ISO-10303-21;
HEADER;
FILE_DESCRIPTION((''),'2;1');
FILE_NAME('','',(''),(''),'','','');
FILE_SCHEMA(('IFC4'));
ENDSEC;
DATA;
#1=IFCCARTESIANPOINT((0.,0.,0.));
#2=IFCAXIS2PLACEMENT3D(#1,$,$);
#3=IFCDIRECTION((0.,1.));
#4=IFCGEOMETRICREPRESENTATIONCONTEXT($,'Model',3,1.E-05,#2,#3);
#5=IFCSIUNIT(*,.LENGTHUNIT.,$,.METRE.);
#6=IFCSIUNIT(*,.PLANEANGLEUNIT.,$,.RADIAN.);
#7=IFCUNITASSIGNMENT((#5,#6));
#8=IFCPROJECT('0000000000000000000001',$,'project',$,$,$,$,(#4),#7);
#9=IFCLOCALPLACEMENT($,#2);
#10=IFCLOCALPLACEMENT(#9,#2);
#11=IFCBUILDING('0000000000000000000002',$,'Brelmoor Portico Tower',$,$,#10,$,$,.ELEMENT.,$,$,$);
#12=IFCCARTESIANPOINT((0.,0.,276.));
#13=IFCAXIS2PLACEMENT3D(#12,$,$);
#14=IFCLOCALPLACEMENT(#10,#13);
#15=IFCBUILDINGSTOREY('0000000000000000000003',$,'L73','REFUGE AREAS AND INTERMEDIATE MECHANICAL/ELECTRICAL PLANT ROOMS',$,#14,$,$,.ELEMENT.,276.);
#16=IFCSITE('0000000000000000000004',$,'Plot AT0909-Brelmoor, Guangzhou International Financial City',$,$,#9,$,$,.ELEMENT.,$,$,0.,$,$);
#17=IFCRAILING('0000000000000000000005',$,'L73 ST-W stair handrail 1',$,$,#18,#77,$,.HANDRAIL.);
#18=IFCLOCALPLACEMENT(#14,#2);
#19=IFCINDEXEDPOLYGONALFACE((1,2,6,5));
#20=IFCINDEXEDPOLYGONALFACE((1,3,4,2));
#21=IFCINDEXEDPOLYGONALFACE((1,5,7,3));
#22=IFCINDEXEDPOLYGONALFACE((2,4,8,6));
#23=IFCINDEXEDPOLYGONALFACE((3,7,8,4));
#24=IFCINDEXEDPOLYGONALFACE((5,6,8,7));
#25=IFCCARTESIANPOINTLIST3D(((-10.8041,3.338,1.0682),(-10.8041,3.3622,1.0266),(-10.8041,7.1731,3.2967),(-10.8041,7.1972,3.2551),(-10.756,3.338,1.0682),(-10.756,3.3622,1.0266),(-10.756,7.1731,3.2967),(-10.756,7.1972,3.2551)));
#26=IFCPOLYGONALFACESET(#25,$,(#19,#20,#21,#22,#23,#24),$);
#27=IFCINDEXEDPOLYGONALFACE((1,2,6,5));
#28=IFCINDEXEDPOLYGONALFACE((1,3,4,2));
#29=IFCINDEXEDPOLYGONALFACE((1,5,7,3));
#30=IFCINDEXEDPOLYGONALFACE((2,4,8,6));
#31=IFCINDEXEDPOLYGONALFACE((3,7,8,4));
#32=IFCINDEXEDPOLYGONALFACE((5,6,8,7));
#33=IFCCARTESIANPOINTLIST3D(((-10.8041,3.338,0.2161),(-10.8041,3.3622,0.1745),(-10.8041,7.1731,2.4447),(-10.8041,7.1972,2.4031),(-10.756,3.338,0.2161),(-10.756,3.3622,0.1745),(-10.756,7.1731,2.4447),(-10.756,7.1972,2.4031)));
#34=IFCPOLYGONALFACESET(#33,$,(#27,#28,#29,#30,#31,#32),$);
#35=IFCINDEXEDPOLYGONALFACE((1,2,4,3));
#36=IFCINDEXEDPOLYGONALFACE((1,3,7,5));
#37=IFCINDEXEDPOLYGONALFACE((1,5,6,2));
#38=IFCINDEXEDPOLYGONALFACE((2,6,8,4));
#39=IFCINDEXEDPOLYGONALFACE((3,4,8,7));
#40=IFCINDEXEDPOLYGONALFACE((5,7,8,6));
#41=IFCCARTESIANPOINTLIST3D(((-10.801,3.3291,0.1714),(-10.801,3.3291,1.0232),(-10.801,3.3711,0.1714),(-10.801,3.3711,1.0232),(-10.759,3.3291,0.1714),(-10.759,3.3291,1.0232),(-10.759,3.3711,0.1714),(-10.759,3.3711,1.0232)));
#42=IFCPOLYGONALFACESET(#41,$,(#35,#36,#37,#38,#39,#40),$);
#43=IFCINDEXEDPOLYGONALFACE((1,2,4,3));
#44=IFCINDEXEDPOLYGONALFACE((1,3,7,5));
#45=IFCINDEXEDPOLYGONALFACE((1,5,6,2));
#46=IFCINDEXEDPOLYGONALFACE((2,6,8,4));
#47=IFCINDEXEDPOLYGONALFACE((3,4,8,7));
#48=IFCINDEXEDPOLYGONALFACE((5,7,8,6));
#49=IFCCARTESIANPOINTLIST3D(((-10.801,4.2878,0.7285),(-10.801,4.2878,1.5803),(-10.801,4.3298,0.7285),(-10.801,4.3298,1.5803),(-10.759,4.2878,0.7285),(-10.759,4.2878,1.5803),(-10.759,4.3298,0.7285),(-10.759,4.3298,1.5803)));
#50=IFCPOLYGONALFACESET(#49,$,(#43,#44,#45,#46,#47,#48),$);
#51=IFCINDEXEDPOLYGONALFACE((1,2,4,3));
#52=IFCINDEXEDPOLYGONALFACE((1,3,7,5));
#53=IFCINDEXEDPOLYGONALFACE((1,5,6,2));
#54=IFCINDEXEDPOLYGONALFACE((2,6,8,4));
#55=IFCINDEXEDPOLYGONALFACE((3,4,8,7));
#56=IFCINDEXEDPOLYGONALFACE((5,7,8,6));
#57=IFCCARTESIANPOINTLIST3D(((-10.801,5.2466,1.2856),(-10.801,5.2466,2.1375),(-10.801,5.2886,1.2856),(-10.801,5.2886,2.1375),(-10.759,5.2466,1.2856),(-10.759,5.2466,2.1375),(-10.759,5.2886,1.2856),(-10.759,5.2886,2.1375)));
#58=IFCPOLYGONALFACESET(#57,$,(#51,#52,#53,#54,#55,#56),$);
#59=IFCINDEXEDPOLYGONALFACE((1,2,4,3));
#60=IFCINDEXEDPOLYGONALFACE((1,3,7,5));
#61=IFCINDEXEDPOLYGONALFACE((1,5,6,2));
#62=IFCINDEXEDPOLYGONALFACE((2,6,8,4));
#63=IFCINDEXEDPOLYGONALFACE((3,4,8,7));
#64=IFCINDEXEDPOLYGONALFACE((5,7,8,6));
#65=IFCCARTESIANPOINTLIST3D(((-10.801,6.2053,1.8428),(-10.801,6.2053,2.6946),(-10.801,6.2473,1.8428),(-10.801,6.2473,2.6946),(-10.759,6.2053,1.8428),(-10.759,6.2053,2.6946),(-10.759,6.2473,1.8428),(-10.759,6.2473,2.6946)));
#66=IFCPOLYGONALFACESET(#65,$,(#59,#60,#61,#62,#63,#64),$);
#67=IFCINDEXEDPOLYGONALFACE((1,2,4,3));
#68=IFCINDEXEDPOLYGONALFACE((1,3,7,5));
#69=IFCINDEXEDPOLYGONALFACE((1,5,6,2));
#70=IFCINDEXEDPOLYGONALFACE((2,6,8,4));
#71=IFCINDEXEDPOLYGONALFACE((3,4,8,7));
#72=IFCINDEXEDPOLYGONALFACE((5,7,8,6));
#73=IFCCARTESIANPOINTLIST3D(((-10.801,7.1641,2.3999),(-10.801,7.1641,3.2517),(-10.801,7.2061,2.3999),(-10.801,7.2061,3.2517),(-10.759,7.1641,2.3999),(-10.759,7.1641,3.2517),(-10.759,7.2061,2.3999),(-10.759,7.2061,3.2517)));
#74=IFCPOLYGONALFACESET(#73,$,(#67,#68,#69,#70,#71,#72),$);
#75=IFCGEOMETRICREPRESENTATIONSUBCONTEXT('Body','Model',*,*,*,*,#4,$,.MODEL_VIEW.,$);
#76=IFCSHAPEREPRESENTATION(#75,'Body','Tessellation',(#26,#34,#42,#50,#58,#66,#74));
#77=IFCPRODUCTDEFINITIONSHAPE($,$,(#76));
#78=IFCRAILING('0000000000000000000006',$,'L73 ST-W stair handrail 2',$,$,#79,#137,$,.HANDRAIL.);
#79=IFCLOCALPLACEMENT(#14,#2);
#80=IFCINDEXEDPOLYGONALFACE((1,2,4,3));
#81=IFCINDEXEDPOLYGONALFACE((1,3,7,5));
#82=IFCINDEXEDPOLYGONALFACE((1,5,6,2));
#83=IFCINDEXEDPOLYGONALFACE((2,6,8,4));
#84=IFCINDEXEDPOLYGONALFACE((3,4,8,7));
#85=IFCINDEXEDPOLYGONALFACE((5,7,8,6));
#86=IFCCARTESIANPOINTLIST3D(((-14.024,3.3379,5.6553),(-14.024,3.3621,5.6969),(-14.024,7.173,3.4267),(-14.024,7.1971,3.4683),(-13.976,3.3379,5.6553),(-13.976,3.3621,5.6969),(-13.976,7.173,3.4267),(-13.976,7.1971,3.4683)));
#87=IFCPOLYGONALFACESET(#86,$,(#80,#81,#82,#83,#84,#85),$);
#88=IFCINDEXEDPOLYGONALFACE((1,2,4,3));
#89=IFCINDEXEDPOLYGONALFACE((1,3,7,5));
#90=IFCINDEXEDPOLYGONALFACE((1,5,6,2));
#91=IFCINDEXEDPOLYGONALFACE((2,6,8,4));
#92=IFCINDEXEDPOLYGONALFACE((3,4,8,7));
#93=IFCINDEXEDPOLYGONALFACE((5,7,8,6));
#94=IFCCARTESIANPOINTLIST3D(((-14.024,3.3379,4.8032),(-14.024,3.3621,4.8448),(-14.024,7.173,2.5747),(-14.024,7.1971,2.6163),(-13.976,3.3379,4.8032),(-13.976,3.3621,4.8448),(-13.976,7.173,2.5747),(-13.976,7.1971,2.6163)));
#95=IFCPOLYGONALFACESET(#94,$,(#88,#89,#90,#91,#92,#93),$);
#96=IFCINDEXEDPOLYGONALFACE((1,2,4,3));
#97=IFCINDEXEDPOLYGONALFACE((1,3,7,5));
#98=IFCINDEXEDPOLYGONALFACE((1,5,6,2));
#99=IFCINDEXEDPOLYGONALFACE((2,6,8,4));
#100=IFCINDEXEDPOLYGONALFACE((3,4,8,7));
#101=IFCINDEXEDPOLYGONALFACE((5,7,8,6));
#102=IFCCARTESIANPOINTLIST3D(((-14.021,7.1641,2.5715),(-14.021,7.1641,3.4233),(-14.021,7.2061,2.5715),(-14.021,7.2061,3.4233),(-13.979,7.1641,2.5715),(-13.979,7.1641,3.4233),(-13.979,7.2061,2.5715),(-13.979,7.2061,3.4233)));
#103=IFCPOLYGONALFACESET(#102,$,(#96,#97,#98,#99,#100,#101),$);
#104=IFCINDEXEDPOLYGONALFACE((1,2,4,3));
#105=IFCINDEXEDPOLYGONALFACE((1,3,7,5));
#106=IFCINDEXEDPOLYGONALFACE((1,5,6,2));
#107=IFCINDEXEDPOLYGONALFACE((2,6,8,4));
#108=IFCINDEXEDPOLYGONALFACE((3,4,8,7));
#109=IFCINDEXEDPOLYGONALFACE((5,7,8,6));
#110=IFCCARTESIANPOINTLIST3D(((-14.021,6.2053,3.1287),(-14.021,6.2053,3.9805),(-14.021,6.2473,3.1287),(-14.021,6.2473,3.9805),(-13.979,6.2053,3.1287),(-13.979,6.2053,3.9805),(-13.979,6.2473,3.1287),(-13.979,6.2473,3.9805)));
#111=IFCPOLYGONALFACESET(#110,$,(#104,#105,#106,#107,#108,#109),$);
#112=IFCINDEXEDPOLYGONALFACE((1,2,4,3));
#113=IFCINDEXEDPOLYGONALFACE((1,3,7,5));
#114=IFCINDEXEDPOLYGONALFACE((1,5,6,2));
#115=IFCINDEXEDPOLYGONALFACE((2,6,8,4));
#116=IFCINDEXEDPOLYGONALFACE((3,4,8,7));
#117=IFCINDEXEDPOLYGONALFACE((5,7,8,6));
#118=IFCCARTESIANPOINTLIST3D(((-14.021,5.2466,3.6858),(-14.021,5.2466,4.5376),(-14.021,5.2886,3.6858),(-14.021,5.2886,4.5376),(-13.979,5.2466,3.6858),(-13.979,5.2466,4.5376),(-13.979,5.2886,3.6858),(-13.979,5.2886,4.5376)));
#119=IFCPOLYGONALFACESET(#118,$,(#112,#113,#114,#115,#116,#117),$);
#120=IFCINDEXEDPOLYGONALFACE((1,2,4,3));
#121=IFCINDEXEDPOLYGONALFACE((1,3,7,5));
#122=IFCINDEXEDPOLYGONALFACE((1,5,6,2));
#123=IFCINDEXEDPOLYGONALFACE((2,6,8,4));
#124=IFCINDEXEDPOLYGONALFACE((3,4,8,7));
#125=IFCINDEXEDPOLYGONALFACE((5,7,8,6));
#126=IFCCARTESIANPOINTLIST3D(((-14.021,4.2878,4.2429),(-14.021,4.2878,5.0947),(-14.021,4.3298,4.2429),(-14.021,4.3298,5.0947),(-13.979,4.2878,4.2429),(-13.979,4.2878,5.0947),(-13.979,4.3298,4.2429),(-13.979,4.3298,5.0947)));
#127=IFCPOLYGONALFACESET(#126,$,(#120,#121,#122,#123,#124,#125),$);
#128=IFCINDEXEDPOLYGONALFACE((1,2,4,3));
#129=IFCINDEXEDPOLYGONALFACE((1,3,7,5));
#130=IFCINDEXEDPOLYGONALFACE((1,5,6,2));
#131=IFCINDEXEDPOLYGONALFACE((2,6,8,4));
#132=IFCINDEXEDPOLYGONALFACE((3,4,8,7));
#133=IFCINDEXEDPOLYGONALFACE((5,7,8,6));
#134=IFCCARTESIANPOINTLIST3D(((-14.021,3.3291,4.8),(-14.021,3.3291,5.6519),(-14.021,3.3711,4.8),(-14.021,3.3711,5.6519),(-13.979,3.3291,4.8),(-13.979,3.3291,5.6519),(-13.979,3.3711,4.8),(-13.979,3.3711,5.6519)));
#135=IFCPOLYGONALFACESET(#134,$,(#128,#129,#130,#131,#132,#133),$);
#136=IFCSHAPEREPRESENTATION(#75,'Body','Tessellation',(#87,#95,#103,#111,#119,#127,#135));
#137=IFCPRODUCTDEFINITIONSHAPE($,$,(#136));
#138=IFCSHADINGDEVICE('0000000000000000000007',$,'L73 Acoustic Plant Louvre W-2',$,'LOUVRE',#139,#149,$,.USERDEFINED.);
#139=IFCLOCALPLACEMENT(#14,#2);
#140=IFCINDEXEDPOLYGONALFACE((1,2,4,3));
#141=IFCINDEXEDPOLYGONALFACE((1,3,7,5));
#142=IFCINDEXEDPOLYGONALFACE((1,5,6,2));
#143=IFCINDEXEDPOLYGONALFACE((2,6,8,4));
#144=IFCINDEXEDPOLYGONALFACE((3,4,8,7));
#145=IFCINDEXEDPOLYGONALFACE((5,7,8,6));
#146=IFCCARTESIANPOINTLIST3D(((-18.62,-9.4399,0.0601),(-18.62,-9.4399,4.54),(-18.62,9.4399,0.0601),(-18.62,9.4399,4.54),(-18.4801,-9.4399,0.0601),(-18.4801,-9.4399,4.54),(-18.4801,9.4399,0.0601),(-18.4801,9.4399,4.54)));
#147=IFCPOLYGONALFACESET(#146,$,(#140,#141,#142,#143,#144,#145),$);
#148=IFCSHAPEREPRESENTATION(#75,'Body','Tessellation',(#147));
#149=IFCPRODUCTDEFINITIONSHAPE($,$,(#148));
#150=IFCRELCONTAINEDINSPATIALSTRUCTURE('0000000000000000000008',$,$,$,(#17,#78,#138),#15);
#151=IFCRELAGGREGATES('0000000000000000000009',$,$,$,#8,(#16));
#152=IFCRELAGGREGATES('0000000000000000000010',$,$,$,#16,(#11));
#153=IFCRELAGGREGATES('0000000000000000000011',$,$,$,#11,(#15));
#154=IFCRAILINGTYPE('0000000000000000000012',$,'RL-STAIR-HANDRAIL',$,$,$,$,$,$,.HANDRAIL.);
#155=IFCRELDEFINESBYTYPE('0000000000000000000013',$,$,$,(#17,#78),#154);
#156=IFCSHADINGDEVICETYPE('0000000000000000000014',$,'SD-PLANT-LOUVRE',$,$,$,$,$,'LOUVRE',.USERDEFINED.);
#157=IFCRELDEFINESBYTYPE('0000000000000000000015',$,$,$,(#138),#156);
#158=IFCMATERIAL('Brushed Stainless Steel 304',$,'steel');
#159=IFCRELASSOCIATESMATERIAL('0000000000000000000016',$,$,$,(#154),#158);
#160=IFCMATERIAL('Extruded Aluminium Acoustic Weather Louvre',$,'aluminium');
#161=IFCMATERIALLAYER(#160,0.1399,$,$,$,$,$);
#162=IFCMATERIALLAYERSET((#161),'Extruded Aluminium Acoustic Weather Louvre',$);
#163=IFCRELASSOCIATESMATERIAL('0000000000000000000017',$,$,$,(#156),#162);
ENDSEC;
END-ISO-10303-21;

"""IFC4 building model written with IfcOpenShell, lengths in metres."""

from ifc_helpers import new_model, si_unit, direction, frame, origin, origin_2d, place, context, subcontext, project, spatial, rectangle, extrude, material, layer, layer_set, type_object, element, save


model = new_model("IFC4")

# Units and contexts
model_context = context("Model", 3, precision=1e-05, world=origin(), true_north=direction((0.0, 1.0)))
body_context = subcontext(model_context, "Body", "Model", "MODEL_VIEW")
ifc_project = project(units=[si_unit("LENGTHUNIT", "METRE"), si_unit("PLANEANGLEUNIT", "RADIAN")], contexts=[model_context])

# Site, building, storey
site_placement = place(None, origin())
site = spatial("IfcSite", under=ifc_project, at=site_placement, Name="Plot AT0909-Brelmoor, Guangzhou International Financial City", CompositionType="ELEMENT", RefElevation=0.0)
building_placement = place(site_placement, origin())
building = spatial("IfcBuilding", under=site, at=building_placement, Name="Brelmoor Portico Tower", CompositionType="ELEMENT")
storey_placement = place(building_placement, frame((0.0, 0.0, 276.0)))
storey = spatial("IfcBuildingStorey", under=building, at=storey_placement, Name="L73", Description="REFUGE AREAS AND INTERMEDIATE MECHANICAL/ELECTRICAL PLANT ROOMS", CompositionType="ELEMENT", Elevation=276.0)

# Railings
ifc_material_1 = material(Name="Brushed Stainless Steel 304", Category="steel")
railing_type_1 = type_object("IfcRailingType", Name="RL-STAIR-HANDRAIL", PredefinedType="HANDRAIL", material=ifc_material_1)
railing_1_placement = place(storey_placement, frame((-10.78, 3.3501, 0.1714)))
element("IfcRailing", 1, at=railing_1_placement, inside=storey, type_object=railing_type_1, Name="L73 ST-W stair handrail 1", PredefinedType="HANDRAIL", context=body_context, shape_type="SweptSolid", body=[
    extrude(rectangle(XDim=0.0481, YDim=0.0481, at=origin_2d()), frame((0.0, 0.0, 0.876), z_axis=(0.0, 0.864616, 0.502433), x_axis=(-1.0, 0.0, 0.0)), (0.0, 0.0, 1.0), 4.4355),
    extrude(rectangle(XDim=0.0481, YDim=0.0481, at=origin_2d()), frame((0.0, 0.0, 0.0239), z_axis=(0.0, 0.864616, 0.502433), x_axis=(-1.0, 0.0, 0.0)), (0.0, 0.0, 1.0), 4.4355),
    extrude(rectangle(XDim=0.042, YDim=0.042, at=origin_2d()), origin(), (0.0, 0.0, 1.0), 0.8518),
    extrude(rectangle(XDim=0.042, YDim=0.042, at=origin_2d()), frame((0.0, 0.9587, 0.5571)), (0.0, 0.0, 1.0), 0.8518),
    extrude(rectangle(XDim=0.042, YDim=0.042, at=origin_2d()), frame((0.0, 1.9175, 1.1143)), (0.0, 0.0, 1.0), 0.8518),
    extrude(rectangle(XDim=0.042, YDim=0.042, at=origin_2d()), frame((0.0, 2.8762, 1.6714)), (0.0, 0.0, 1.0), 0.8518),
    extrude(rectangle(XDim=0.042, YDim=0.042, at=origin_2d()), frame((0.0, 3.835, 2.2285)), (0.0, 0.0, 1.0), 0.8518),
])
railing_2_placement = place(storey_placement, frame((-14.0, 7.1851, 2.5715)))
element("IfcRailing", 2, at=railing_2_placement, inside=storey, type_object=railing_type_1, Name="L73 ST-W stair handrail 2", PredefinedType="HANDRAIL", context=body_context, shape_type="SweptSolid", body=[
    extrude(rectangle(XDim=0.0481, YDim=0.0481, at=origin_2d()), frame((0.0, 0.0, 0.876), z_axis=(0.0, -0.864616, 0.502433), x_axis=(1.0, 0.0, 0.0)), (0.0, 0.0, 1.0), 4.4355),
    extrude(rectangle(XDim=0.0481, YDim=0.0481, at=origin_2d()), frame((0.0, 0.0, 0.0239), z_axis=(0.0, -0.864616, 0.502433), x_axis=(1.0, 0.0, 0.0)), (0.0, 0.0, 1.0), 4.4355),
    extrude(rectangle(XDim=0.042, YDim=0.042, at=origin_2d()), origin(), (0.0, 0.0, 1.0), 0.8518),
    extrude(rectangle(XDim=0.042, YDim=0.042, at=origin_2d()), frame((0.0, -0.9587, 0.5571)), (0.0, 0.0, 1.0), 0.8518),
    extrude(rectangle(XDim=0.042, YDim=0.042, at=origin_2d()), frame((0.0, -1.9175, 1.1143)), (0.0, 0.0, 1.0), 0.8518),
    extrude(rectangle(XDim=0.042, YDim=0.042, at=origin_2d()), frame((0.0, -2.8762, 1.6714)), (0.0, 0.0, 1.0), 0.8518),
    extrude(rectangle(XDim=0.042, YDim=0.042, at=origin_2d()), frame((0.0, -3.835, 2.2285)), (0.0, 0.0, 1.0), 0.8518),
])

# Shading device
ifc_material_2 = material(Name="Extruded Aluminium Acoustic Weather Louvre", Category="aluminium")
ifc_layer_1 = layer(ifc_material_2, 0.1399)
ifc_layer_set_1 = layer_set([ifc_layer_1], Name="Extruded Aluminium Acoustic Weather Louvre")
shading_device_type = type_object("IfcShadingDeviceType", Name="SD-PLANT-LOUVRE", ElementType="LOUVRE", PredefinedType="USERDEFINED", material=ifc_layer_set_1)
shading_device_placement = place(storey_placement, frame((-18.55, 0.0, 0.0601), z_axis=(0.0, 0.0, 1.0), x_axis=(0.0, 1.0, 0.0)))
element("IfcShadingDevice", 3, at=shading_device_placement, inside=storey, type_object=shading_device_type, Name="L73 Acoustic Plant Louvre W-2", ObjectType="LOUVRE", PredefinedType="USERDEFINED", context=body_context, shape_type="SweptSolid", body=[
    extrude(rectangle(XDim=18.8799, YDim=0.1399, at=origin_2d()), origin(), (0.0, 0.0, 1.0), 4.48),
])

save(model, "model.ifc")
